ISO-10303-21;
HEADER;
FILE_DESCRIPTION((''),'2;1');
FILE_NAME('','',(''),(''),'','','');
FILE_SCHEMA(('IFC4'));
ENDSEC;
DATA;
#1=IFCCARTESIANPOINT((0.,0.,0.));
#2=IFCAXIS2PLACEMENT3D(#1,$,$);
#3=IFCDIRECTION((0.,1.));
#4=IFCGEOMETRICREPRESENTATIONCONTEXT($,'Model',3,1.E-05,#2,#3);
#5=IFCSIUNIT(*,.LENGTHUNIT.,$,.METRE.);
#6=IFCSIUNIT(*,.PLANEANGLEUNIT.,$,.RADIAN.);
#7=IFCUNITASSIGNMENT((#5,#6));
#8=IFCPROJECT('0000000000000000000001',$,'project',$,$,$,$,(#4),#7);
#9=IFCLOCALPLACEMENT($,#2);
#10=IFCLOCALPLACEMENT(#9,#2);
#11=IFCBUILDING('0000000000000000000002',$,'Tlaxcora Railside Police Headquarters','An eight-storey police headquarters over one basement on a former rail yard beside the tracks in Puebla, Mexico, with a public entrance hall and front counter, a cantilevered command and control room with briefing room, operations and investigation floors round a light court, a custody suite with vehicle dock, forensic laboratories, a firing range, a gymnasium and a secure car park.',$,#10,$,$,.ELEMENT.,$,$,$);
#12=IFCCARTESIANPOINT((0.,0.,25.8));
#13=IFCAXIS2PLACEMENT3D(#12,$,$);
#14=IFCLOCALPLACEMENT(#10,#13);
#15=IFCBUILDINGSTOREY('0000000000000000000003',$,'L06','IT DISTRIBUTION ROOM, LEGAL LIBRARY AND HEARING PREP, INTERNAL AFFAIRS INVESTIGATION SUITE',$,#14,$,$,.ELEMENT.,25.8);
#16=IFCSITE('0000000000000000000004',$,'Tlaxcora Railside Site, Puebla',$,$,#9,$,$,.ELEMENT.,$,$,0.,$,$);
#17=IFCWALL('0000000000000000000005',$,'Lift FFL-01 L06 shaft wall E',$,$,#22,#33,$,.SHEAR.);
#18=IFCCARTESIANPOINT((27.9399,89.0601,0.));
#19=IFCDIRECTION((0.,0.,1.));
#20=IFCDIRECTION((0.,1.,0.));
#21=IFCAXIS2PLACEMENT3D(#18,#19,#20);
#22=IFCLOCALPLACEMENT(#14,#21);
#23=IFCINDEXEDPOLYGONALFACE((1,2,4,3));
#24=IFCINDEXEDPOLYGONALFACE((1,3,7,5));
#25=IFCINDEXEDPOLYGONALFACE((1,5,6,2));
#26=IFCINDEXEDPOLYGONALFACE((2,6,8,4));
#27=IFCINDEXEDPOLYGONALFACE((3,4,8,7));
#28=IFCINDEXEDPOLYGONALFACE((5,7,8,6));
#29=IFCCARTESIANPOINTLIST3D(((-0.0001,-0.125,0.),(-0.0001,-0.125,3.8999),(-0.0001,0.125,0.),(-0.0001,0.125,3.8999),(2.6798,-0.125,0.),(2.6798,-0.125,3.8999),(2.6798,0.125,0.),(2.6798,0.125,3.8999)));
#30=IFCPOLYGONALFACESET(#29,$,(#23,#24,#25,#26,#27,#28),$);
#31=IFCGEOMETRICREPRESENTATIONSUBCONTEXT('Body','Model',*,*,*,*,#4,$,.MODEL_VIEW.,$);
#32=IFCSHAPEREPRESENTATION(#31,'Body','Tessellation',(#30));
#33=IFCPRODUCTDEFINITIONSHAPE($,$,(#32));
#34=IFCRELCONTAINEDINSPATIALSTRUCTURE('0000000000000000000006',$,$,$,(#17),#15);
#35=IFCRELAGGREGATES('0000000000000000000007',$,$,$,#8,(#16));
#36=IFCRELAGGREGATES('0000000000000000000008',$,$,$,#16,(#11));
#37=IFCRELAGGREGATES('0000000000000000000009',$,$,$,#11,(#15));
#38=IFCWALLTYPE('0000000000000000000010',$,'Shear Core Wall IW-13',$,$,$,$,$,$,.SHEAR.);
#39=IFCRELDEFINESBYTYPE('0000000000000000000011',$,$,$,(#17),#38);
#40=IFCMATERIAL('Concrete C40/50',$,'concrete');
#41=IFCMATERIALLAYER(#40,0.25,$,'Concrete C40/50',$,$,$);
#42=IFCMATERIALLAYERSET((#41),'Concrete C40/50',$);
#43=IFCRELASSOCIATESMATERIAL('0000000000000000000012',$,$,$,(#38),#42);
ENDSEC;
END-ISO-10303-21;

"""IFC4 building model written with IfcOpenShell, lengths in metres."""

from ifc_helpers import new_model, si_unit, direction, frame, frame_2d, origin, place, context, subcontext, project, spatial, rectangle, extrude, material, layer, layer_set, type_object, element, save


model = new_model("IFC4")

# Units and contexts
model_context = context("Model", 3, precision=1e-05, world=origin(), true_north=direction((0.0, 1.0)))
body_context = subcontext(model_context, "Body", "Model", "MODEL_VIEW")
ifc_project = project(units=[si_unit("LENGTHUNIT", "METRE"), si_unit("PLANEANGLEUNIT", "RADIAN")], contexts=[model_context])

# Site, building, storey
site_placement = place(None, origin())
site = spatial("IfcSite", under=ifc_project, at=site_placement, Name="Tlaxcora Railside Site, Puebla", CompositionType="ELEMENT", RefElevation=0.0)
building_placement = place(site_placement, origin())
building = spatial("IfcBuilding", under=site, at=building_placement, Name="Tlaxcora Railside Police Headquarters", Description="An eight-storey police headquarters over one basement on a former rail yard beside the tracks in Puebla, Mexico, with a public entrance hall and front counter, a cantilevered command and control room with briefing room, operations and investigation floors round a light court, a custody suite with vehicle dock, forensic laboratories, a firing range, a gymnasium and a secure car park.", CompositionType="ELEMENT")
storey_placement = place(building_placement, frame((0.0, 0.0, 25.8)))
storey = spatial("IfcBuildingStorey", under=building, at=storey_placement, Name="L06", Description="IT DISTRIBUTION ROOM, LEGAL LIBRARY AND HEARING PREP, INTERNAL AFFAIRS INVESTIGATION SUITE", CompositionType="ELEMENT", Elevation=25.8)

# Shared definitions
ifc_material_1 = material(Name="Concrete C40/50", Category="concrete")

# Shared definitions
ifc_layer_1 = layer(ifc_material_1, 0.25, Name="Concrete C40/50")
ifc_layer_set_1 = layer_set([ifc_layer_1], Name="Concrete C40/50")
wall_type_1 = type_object("IfcWallType", Name="Shear Core Wall IW-13", PredefinedType="SHEAR", material=ifc_layer_set_1)

# Wall
wall_1_placement = place(storey_placement, frame((27.9399, 89.0601, 0.0), z_axis=(0.0, 0.0, 1.0), x_axis=(0.0, 1.0, 0.0)))
element("IfcWall", 1, at=wall_1_placement, inside=storey, type_object=wall_type_1, Name="Lift FFL-01 L06 shaft wall E", PredefinedType="SHEAR", context=body_context, shape_type="SweptSolid", body=[
    extrude(rectangle(XDim=2.6799, YDim=0.25, at=frame_2d((1.3398, 0.0))), origin(), (0.0, 0.0, 1.0), 3.8999),
])

save(model, "model.ifc")
